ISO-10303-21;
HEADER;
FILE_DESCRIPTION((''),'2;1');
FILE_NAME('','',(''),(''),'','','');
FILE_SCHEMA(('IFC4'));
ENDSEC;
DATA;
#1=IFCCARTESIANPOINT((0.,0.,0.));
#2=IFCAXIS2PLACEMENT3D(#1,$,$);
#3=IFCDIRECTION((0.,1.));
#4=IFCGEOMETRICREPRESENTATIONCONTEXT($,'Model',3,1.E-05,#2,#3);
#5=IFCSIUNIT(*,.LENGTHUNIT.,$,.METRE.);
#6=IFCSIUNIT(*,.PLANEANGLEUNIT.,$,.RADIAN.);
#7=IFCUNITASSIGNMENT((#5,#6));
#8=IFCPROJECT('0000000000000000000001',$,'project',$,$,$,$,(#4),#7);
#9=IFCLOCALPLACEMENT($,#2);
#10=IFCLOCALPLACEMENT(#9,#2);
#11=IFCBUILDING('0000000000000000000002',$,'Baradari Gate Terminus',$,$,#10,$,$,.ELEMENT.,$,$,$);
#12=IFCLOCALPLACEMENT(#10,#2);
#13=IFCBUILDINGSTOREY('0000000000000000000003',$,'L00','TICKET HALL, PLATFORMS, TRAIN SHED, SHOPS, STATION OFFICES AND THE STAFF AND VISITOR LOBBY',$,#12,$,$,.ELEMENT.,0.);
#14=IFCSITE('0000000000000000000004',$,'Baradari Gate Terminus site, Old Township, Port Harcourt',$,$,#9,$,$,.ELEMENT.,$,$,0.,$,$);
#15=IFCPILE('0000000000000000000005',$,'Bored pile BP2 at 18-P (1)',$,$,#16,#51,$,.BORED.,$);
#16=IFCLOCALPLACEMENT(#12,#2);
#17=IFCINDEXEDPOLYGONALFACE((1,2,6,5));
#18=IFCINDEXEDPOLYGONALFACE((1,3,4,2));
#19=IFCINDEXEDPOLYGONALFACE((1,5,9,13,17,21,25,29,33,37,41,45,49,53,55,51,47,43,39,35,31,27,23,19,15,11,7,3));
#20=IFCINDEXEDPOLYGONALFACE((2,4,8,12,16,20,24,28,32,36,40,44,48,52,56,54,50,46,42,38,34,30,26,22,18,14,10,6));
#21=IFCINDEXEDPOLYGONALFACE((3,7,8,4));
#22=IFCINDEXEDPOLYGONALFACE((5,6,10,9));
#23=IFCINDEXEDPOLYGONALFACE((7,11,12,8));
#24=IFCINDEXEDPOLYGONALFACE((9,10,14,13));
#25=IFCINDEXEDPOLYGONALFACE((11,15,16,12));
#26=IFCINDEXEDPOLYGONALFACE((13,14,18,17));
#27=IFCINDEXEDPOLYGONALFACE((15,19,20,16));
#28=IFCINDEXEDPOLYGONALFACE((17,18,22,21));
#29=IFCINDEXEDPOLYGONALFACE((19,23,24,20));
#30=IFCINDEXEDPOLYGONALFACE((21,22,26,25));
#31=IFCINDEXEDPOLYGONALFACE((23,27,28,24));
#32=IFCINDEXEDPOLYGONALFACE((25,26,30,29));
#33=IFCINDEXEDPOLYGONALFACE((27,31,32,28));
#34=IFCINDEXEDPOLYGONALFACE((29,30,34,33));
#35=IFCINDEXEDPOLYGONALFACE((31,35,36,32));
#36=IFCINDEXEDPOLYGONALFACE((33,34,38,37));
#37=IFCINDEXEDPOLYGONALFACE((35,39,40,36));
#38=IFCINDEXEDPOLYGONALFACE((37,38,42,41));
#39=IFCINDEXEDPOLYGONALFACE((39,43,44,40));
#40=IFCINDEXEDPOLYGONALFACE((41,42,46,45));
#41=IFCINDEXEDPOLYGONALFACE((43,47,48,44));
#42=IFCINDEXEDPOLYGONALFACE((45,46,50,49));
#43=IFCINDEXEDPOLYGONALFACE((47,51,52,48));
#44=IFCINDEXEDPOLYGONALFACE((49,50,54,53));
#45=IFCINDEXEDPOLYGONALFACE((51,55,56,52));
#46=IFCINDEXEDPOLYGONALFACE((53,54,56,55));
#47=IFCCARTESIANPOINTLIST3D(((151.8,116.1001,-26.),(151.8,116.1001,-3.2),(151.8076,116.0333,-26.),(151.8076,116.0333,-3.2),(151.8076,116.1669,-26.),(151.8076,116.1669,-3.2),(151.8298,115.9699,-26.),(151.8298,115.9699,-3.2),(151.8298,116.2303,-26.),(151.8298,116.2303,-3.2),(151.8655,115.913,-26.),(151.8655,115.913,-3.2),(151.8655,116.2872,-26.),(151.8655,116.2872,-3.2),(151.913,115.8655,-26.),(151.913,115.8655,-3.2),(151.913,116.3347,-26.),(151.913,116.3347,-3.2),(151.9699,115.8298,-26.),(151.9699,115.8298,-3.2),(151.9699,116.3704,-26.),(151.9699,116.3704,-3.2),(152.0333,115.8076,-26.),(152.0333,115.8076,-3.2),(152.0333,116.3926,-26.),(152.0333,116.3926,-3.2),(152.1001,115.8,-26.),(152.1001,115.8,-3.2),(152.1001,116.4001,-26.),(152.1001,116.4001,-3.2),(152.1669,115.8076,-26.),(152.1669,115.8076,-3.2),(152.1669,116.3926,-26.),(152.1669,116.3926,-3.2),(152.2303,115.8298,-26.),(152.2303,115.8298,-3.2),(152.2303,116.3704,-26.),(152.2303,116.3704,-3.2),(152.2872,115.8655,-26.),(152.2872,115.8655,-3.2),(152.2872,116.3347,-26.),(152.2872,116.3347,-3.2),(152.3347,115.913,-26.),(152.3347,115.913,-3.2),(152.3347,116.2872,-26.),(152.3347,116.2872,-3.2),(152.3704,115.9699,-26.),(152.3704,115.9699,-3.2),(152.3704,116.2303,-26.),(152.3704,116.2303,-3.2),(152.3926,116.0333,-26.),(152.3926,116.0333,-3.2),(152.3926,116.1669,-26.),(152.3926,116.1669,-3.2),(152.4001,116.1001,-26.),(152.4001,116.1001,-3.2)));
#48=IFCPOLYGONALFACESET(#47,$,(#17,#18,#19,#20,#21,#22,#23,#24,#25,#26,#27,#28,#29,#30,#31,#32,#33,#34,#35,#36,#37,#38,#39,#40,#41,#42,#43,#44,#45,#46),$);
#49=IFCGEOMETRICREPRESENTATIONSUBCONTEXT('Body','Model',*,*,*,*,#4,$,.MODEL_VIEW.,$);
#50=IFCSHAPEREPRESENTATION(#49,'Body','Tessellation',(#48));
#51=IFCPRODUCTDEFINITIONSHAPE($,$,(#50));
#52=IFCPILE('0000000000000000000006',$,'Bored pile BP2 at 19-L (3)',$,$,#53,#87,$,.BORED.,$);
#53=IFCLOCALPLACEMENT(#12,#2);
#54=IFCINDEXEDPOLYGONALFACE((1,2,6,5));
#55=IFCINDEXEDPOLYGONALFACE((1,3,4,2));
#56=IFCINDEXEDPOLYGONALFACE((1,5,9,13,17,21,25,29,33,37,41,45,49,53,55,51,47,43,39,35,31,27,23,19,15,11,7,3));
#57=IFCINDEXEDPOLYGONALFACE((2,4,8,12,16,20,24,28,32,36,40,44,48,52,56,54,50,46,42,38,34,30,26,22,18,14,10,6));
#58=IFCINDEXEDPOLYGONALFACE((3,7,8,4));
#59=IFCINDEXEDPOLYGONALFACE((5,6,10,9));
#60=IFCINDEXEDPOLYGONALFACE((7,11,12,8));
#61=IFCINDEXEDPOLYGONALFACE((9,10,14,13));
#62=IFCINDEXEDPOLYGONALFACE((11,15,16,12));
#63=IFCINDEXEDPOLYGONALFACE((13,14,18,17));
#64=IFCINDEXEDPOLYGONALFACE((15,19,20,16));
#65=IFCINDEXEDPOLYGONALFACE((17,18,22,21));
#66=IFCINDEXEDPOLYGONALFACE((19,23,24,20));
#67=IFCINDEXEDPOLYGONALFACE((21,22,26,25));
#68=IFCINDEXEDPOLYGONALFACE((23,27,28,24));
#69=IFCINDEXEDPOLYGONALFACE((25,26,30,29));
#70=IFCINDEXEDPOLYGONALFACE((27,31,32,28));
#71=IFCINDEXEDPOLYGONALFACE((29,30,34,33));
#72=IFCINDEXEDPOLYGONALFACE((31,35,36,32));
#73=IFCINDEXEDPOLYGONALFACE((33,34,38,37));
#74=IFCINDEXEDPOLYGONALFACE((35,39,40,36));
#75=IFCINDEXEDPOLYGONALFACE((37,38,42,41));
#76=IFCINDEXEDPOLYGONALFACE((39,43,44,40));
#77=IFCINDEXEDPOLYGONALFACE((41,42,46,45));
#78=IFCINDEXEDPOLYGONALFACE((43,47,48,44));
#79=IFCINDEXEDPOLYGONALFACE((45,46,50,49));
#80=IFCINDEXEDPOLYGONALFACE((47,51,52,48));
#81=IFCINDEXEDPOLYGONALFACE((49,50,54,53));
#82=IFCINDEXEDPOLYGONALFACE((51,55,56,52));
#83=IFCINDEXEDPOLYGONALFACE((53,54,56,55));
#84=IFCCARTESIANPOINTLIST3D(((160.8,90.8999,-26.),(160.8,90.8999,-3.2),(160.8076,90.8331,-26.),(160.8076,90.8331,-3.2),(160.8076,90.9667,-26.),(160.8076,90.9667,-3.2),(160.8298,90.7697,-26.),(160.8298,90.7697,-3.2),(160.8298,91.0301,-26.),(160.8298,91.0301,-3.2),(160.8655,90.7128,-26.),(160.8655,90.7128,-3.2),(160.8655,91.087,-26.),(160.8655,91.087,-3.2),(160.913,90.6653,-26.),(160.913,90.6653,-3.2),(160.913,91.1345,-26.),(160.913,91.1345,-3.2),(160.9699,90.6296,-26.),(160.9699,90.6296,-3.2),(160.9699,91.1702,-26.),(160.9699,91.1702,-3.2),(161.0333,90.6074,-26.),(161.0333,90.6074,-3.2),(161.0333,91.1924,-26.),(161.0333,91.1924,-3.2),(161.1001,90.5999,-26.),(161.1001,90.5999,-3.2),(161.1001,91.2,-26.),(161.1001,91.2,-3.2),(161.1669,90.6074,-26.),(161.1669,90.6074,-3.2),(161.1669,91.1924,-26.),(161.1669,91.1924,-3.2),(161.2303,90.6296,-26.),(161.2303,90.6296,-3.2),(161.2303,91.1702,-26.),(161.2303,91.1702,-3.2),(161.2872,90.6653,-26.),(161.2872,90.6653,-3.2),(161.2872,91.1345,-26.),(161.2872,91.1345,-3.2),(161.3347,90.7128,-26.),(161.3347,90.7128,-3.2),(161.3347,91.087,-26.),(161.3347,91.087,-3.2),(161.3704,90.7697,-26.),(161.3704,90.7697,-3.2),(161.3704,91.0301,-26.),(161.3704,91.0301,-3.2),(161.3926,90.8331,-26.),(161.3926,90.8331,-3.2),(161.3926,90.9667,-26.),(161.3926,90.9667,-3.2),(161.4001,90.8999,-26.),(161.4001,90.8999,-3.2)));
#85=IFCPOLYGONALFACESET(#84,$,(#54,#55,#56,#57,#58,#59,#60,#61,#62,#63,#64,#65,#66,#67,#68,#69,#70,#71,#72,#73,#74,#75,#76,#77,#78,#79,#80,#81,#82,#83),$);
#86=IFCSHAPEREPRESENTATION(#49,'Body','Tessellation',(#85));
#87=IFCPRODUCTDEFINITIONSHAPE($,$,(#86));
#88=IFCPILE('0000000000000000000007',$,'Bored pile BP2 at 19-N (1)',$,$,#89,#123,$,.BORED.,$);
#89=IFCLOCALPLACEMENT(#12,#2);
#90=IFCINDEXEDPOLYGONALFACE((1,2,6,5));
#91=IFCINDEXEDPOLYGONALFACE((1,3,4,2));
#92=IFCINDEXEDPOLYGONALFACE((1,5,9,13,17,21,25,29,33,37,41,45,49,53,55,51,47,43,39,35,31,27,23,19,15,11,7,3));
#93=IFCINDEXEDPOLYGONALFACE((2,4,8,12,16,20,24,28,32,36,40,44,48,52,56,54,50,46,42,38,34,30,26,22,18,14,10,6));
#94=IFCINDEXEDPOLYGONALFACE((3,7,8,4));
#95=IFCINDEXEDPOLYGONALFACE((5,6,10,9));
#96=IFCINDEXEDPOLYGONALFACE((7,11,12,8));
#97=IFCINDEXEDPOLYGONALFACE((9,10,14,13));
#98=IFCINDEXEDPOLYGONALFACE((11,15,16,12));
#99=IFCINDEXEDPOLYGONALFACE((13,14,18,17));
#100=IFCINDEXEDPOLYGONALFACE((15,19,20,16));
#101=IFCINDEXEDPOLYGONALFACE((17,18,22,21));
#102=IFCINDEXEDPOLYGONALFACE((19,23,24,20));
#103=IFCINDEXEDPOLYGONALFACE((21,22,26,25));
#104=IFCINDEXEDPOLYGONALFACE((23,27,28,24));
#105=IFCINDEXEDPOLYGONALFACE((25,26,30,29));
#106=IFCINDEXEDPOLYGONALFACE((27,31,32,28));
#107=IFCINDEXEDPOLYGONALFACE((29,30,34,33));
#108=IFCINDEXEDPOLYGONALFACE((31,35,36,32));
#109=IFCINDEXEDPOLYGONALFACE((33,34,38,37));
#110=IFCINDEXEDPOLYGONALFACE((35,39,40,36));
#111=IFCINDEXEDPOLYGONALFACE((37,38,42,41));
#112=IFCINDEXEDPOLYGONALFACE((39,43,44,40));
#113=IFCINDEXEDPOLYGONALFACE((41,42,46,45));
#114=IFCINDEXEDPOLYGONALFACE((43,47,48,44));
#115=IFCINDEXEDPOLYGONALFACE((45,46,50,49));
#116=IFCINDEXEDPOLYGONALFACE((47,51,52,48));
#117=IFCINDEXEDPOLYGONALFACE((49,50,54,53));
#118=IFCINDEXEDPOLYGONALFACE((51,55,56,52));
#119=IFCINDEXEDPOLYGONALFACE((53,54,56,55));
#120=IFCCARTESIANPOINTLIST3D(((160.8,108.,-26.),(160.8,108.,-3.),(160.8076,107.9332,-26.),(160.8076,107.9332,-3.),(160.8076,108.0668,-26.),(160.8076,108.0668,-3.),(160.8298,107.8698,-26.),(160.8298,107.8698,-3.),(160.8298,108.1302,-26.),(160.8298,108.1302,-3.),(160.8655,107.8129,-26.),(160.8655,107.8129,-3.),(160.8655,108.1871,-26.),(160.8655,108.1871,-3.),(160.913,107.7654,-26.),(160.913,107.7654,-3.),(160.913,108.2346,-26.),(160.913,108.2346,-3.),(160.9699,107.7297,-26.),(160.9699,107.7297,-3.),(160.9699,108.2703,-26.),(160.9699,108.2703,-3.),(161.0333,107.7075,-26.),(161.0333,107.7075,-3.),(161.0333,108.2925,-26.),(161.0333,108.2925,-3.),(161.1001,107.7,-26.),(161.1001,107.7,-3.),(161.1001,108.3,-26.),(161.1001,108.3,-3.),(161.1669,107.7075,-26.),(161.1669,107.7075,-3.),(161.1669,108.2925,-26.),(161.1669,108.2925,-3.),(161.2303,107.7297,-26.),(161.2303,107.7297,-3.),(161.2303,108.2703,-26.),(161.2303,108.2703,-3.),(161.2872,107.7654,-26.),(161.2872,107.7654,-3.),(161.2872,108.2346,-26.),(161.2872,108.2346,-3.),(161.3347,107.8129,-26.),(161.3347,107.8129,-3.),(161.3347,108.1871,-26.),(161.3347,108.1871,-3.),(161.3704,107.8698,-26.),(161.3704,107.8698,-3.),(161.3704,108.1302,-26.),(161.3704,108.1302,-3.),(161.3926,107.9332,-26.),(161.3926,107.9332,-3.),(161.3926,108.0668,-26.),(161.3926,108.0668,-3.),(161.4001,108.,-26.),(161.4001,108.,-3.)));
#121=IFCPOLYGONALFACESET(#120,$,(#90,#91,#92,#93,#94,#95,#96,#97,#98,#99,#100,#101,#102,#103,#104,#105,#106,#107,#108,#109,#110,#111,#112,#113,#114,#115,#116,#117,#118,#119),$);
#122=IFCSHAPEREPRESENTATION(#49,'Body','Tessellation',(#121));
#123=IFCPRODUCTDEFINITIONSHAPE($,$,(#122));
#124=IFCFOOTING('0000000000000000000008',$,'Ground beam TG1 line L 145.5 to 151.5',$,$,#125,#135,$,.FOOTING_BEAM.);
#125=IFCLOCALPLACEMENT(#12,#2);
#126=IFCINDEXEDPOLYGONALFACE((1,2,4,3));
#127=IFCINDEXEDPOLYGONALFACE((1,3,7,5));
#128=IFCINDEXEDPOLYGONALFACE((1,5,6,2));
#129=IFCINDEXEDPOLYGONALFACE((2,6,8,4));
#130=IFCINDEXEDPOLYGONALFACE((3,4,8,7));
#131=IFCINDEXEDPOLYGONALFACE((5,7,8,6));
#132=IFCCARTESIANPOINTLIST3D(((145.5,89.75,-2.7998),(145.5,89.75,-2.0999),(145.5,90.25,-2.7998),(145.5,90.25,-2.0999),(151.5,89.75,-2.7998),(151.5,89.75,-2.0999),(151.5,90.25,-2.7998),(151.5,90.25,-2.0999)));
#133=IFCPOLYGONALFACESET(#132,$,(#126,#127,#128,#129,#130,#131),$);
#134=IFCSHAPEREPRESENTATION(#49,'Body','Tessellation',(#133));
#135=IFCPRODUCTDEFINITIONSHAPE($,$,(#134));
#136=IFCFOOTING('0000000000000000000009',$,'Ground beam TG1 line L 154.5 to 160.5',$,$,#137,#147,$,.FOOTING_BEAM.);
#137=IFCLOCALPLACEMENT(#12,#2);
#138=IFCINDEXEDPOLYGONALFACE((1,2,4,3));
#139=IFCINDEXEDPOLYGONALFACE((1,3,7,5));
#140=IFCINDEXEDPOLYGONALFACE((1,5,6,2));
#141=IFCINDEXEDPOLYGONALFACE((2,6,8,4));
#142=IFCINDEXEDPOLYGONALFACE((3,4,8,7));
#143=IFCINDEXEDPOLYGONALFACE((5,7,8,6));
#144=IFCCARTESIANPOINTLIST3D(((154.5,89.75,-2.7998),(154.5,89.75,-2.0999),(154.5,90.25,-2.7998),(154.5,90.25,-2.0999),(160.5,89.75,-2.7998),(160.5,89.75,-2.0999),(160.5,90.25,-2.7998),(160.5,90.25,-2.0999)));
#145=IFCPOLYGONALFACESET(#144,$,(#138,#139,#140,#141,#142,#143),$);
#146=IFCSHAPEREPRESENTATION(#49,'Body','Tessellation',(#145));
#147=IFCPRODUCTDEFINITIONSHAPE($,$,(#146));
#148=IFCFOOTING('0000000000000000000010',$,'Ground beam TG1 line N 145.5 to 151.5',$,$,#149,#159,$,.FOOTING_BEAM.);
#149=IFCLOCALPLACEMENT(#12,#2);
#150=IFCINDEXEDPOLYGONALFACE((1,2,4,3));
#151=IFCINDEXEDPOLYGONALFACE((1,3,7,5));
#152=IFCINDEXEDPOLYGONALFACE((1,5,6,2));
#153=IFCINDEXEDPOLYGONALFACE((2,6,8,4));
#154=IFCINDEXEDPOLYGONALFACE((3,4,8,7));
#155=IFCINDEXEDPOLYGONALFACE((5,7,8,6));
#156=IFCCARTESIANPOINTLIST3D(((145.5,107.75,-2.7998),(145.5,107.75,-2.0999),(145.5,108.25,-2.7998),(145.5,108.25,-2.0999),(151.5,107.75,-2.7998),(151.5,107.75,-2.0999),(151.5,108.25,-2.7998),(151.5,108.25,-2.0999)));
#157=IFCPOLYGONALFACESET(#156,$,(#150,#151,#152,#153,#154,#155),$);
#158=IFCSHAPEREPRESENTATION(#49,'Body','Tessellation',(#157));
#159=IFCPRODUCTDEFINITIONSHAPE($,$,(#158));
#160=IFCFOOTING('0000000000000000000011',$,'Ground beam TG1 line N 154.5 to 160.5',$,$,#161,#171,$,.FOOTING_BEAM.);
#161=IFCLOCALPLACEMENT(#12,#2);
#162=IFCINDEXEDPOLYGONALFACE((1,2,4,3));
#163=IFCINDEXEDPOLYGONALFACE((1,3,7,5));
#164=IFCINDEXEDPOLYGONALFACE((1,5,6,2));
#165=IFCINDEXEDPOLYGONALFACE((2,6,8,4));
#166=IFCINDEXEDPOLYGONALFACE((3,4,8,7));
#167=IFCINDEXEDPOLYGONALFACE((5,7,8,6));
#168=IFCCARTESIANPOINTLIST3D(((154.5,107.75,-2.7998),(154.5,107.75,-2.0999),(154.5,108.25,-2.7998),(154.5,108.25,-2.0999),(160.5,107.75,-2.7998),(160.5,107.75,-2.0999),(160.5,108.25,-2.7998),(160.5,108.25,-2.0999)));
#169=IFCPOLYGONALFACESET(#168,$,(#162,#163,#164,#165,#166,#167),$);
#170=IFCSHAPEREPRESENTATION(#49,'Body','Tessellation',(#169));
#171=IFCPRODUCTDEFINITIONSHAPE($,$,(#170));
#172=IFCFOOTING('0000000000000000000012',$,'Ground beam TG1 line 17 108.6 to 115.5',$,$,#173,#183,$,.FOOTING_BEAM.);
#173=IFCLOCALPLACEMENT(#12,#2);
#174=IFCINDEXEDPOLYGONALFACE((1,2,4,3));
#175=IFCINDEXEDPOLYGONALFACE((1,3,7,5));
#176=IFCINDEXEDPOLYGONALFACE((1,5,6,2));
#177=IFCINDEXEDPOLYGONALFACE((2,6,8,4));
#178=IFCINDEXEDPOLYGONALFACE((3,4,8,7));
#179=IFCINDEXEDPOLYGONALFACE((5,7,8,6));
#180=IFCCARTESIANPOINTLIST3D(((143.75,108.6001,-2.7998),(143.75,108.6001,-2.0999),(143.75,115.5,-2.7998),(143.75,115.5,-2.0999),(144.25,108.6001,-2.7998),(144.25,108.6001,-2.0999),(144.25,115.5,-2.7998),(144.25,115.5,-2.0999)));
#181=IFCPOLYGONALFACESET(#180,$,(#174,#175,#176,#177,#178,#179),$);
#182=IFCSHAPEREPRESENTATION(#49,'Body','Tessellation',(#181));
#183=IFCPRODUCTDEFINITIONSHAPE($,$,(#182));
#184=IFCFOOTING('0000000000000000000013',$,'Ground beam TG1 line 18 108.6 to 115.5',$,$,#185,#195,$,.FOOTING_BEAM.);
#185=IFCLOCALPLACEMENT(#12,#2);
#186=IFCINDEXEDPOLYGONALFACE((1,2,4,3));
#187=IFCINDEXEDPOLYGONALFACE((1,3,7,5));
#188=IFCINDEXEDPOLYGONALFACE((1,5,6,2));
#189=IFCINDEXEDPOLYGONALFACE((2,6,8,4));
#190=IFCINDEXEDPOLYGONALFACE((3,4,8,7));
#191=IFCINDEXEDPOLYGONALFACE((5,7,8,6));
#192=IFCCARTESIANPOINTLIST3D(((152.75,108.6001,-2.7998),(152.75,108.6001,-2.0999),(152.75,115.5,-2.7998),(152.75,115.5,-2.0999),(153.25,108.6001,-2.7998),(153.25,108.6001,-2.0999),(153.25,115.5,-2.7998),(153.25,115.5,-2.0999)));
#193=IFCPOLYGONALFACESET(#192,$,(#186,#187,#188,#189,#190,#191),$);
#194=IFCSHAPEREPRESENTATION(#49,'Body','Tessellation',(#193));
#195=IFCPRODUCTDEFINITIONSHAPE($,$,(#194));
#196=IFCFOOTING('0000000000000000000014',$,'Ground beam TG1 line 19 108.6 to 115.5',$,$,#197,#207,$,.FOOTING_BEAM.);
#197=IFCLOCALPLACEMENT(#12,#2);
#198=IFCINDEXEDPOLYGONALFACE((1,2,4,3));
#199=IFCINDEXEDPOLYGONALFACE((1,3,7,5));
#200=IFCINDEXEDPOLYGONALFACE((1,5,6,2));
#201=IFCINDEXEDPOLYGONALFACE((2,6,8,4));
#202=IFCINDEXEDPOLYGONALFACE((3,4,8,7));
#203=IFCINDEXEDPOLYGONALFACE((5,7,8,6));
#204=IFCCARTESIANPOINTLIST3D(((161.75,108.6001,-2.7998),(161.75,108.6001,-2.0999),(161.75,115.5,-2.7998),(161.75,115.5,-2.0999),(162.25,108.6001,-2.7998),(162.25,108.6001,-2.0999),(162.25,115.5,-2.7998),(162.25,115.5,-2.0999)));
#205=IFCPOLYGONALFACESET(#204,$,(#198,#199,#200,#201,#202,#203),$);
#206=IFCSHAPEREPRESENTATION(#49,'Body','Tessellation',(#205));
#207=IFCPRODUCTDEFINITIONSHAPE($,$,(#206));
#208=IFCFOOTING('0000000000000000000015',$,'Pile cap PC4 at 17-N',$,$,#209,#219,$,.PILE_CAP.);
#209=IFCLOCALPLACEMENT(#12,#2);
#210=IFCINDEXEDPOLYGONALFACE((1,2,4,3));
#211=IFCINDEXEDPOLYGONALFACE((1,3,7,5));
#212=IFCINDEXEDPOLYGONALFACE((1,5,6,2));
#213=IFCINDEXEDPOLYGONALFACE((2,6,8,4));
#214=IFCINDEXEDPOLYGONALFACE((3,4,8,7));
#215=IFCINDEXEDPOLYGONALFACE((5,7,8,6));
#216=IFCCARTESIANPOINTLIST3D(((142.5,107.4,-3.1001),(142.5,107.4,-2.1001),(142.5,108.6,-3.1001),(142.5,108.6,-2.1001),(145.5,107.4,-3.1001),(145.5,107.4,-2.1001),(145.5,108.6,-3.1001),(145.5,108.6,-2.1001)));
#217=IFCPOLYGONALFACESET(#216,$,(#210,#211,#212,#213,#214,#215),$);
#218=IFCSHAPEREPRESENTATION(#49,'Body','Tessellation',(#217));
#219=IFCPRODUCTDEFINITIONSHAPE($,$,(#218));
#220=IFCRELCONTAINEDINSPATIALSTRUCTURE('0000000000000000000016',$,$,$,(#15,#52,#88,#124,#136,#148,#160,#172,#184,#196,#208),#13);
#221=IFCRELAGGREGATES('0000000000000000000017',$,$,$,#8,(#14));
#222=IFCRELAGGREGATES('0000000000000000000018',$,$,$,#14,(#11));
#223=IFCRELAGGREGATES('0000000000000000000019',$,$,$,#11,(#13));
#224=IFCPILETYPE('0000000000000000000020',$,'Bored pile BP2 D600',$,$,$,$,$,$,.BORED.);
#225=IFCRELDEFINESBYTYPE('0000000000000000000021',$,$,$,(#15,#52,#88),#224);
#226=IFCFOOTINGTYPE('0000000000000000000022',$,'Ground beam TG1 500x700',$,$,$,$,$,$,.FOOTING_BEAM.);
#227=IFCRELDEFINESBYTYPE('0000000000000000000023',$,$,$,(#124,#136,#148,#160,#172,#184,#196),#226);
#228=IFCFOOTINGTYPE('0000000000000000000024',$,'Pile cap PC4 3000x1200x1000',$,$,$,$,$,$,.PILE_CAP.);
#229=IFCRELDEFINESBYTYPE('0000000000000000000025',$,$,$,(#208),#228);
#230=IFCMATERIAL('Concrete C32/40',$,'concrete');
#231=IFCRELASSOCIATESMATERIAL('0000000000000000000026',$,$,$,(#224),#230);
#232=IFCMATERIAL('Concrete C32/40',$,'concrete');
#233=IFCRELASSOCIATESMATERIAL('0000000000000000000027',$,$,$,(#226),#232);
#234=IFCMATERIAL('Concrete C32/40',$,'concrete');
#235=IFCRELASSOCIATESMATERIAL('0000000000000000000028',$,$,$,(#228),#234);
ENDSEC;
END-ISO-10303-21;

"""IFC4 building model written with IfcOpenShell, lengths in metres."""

from ifc_helpers import new_model, si_unit, direction, frame, origin, origin_2d, place, context, subcontext, project, spatial, rectangle, circle, extrude, material, type_object, element, save


model = new_model("IFC4")

# Units and contexts
model_context = context("Model", 3, precision=1e-05, world=origin(), true_north=direction((0.0, 1.0)))
body_context = subcontext(model_context, "Body", "Model", "MODEL_VIEW")
ifc_project = project(units=[si_unit("LENGTHUNIT", "METRE"), si_unit("PLANEANGLEUNIT", "RADIAN")], contexts=[model_context])

# Site, building, storey
site_placement = place(None, origin())
site = spatial("IfcSite", under=ifc_project, at=site_placement, Name="Baradari Gate Terminus site, Old Township, Port Harcourt", CompositionType="ELEMENT", RefElevation=0.0)
building_placement = place(site_placement, origin())
building = spatial("IfcBuilding", under=site, at=building_placement, Name="Baradari Gate Terminus", CompositionType="ELEMENT")
storey_placement = place(building_placement, origin())
storey = spatial("IfcBuildingStorey", under=building, at=storey_placement, Name="L00", Description="TICKET HALL, PLATFORMS, TRAIN SHED, SHOPS, STATION OFFICES AND THE STAFF AND VISITOR LOBBY", CompositionType="ELEMENT", Elevation=0.0)

# Piles
ifc_material_1 = material(Name="Concrete C32/40", Category="concrete")
pile_type = type_object("IfcPileType", Name="Bored pile BP2 D600", PredefinedType="BORED", material=ifc_material_1)
for number, where, z_axis, x_axis, name in (
    (1, (152.1001, 116.1001, -3.2), (0.0, 0.0, -1.0), (1.0, 0.0, 0.0), "Bored pile BP2 at 18-P (1)"),
    (2, (161.1001, 90.8999, -3.2), (0.0, 0.0, -1.0), (1.0, 0.0, 0.0), "Bored pile BP2 at 19-L (3)"),
):
    element("IfcPile", number, at=place(storey_placement, frame(where, z_axis=z_axis, x_axis=x_axis)), inside=storey, type_object=pile_type, Name=name, PredefinedType="BORED", context=body_context, shape_type="SweptSolid", body=[
        extrude(circle(Radius=0.3, at=origin_2d()), origin(), (0.0, 0.0, 1.0), 22.8),
    ])
pile_placement = place(storey_placement, frame((161.1001, 108.0, -3.0), z_axis=(0.0, 0.0, -1.0), x_axis=(1.0, 0.0, 0.0)))
element("IfcPile", 3, at=pile_placement, inside=storey, type_object=pile_type, Name="Bored pile BP2 at 19-N (1)", PredefinedType="BORED", context=body_context, shape_type="SweptSolid", body=[
    extrude(circle(Radius=0.3, at=origin_2d()), origin(), (0.0, 0.0, 1.0), 23.0),
])

# Footings
ifc_material_2 = material(Name="Concrete C32/40", Category="concrete")
footing_type_1 = type_object("IfcFootingType", Name="Ground beam TG1 500x700", PredefinedType="FOOTING_BEAM", material=ifc_material_2)
for number, where, z_axis, x_axis, name in (
    (4, (148.5, 90.0, -2.7998), (0.0, 0.0, 1.0), (1.0, 0.0, 0.0), "Ground beam TG1 line L 145.5 to 151.5"),
    (5, (157.5, 90.0, -2.7998), (0.0, 0.0, 1.0), (1.0, 0.0, 0.0), "Ground beam TG1 line L 154.5 to 160.5"),
    (6, (148.5, 108.0, -2.7998), (0.0, 0.0, 1.0), (1.0, 0.0, 0.0), "Ground beam TG1 line N 145.5 to 151.5"),
    (7, (157.5, 108.0, -2.7998), (0.0, 0.0, 1.0), (1.0, 0.0, 0.0), "Ground beam TG1 line N 154.5 to 160.5"),
):
    element("IfcFooting", number, at=place(storey_placement, frame(where, z_axis=z_axis, x_axis=x_axis)), inside=storey, type_object=footing_type_1, Name=name, PredefinedType="FOOTING_BEAM", context=body_context, shape_type="SweptSolid", body=[
        extrude(rectangle(XDim=6.0, YDim=0.5, at=origin_2d()), origin(), (0.0, 0.0, 1.0), 0.7),
    ])
for number, where, z_axis, x_axis, name in (
    (8, (144.0, 112.05, -2.7998), (0.0, 0.0, 1.0), (1.0, 0.0, 0.0), "Ground beam TG1 line 17 108.6 to 115.5"),
    (9, (153.0, 112.05, -2.7998), (0.0, 0.0, 1.0), (1.0, 0.0, 0.0), "Ground beam TG1 line 18 108.6 to 115.5"),
    (10, (162.0, 112.05, -2.7998), (0.0, 0.0, 1.0), (1.0, 0.0, 0.0), "Ground beam TG1 line 19 108.6 to 115.5"),
):
    element("IfcFooting", number, at=place(storey_placement, frame(where, z_axis=z_axis, x_axis=x_axis)), inside=storey, type_object=footing_type_1, Name=name, PredefinedType="FOOTING_BEAM", context=body_context, shape_type="SweptSolid", body=[
        extrude(rectangle(XDim=0.5, YDim=6.8999, at=origin_2d()), origin(), (0.0, 0.0, 1.0), 0.7),
    ])
ifc_material_3 = material(Name="Concrete C32/40", Category="concrete")
footing_type_2 = type_object("IfcFootingType", Name="Pile cap PC4 3000x1200x1000", PredefinedType="PILE_CAP", material=ifc_material_3)
for number, where, z_axis, x_axis, name in (
    (11, (144.0, 108.0, -3.1001), (0.0, 0.0, 1.0), (1.0, 0.0, 0.0), "Pile cap PC4 at 17-N"),
):
    element("IfcFooting", number, at=place(storey_placement, frame(where, z_axis=z_axis, x_axis=x_axis)), inside=storey, type_object=footing_type_2, Name=name, PredefinedType="PILE_CAP", context=body_context, shape_type="SweptSolid", body=[
        extrude(rectangle(XDim=3.0, YDim=1.2, at=origin_2d()), origin(), (0.0, 0.0, 1.0), 1.0),
    ])

save(model, "model.ifc")
